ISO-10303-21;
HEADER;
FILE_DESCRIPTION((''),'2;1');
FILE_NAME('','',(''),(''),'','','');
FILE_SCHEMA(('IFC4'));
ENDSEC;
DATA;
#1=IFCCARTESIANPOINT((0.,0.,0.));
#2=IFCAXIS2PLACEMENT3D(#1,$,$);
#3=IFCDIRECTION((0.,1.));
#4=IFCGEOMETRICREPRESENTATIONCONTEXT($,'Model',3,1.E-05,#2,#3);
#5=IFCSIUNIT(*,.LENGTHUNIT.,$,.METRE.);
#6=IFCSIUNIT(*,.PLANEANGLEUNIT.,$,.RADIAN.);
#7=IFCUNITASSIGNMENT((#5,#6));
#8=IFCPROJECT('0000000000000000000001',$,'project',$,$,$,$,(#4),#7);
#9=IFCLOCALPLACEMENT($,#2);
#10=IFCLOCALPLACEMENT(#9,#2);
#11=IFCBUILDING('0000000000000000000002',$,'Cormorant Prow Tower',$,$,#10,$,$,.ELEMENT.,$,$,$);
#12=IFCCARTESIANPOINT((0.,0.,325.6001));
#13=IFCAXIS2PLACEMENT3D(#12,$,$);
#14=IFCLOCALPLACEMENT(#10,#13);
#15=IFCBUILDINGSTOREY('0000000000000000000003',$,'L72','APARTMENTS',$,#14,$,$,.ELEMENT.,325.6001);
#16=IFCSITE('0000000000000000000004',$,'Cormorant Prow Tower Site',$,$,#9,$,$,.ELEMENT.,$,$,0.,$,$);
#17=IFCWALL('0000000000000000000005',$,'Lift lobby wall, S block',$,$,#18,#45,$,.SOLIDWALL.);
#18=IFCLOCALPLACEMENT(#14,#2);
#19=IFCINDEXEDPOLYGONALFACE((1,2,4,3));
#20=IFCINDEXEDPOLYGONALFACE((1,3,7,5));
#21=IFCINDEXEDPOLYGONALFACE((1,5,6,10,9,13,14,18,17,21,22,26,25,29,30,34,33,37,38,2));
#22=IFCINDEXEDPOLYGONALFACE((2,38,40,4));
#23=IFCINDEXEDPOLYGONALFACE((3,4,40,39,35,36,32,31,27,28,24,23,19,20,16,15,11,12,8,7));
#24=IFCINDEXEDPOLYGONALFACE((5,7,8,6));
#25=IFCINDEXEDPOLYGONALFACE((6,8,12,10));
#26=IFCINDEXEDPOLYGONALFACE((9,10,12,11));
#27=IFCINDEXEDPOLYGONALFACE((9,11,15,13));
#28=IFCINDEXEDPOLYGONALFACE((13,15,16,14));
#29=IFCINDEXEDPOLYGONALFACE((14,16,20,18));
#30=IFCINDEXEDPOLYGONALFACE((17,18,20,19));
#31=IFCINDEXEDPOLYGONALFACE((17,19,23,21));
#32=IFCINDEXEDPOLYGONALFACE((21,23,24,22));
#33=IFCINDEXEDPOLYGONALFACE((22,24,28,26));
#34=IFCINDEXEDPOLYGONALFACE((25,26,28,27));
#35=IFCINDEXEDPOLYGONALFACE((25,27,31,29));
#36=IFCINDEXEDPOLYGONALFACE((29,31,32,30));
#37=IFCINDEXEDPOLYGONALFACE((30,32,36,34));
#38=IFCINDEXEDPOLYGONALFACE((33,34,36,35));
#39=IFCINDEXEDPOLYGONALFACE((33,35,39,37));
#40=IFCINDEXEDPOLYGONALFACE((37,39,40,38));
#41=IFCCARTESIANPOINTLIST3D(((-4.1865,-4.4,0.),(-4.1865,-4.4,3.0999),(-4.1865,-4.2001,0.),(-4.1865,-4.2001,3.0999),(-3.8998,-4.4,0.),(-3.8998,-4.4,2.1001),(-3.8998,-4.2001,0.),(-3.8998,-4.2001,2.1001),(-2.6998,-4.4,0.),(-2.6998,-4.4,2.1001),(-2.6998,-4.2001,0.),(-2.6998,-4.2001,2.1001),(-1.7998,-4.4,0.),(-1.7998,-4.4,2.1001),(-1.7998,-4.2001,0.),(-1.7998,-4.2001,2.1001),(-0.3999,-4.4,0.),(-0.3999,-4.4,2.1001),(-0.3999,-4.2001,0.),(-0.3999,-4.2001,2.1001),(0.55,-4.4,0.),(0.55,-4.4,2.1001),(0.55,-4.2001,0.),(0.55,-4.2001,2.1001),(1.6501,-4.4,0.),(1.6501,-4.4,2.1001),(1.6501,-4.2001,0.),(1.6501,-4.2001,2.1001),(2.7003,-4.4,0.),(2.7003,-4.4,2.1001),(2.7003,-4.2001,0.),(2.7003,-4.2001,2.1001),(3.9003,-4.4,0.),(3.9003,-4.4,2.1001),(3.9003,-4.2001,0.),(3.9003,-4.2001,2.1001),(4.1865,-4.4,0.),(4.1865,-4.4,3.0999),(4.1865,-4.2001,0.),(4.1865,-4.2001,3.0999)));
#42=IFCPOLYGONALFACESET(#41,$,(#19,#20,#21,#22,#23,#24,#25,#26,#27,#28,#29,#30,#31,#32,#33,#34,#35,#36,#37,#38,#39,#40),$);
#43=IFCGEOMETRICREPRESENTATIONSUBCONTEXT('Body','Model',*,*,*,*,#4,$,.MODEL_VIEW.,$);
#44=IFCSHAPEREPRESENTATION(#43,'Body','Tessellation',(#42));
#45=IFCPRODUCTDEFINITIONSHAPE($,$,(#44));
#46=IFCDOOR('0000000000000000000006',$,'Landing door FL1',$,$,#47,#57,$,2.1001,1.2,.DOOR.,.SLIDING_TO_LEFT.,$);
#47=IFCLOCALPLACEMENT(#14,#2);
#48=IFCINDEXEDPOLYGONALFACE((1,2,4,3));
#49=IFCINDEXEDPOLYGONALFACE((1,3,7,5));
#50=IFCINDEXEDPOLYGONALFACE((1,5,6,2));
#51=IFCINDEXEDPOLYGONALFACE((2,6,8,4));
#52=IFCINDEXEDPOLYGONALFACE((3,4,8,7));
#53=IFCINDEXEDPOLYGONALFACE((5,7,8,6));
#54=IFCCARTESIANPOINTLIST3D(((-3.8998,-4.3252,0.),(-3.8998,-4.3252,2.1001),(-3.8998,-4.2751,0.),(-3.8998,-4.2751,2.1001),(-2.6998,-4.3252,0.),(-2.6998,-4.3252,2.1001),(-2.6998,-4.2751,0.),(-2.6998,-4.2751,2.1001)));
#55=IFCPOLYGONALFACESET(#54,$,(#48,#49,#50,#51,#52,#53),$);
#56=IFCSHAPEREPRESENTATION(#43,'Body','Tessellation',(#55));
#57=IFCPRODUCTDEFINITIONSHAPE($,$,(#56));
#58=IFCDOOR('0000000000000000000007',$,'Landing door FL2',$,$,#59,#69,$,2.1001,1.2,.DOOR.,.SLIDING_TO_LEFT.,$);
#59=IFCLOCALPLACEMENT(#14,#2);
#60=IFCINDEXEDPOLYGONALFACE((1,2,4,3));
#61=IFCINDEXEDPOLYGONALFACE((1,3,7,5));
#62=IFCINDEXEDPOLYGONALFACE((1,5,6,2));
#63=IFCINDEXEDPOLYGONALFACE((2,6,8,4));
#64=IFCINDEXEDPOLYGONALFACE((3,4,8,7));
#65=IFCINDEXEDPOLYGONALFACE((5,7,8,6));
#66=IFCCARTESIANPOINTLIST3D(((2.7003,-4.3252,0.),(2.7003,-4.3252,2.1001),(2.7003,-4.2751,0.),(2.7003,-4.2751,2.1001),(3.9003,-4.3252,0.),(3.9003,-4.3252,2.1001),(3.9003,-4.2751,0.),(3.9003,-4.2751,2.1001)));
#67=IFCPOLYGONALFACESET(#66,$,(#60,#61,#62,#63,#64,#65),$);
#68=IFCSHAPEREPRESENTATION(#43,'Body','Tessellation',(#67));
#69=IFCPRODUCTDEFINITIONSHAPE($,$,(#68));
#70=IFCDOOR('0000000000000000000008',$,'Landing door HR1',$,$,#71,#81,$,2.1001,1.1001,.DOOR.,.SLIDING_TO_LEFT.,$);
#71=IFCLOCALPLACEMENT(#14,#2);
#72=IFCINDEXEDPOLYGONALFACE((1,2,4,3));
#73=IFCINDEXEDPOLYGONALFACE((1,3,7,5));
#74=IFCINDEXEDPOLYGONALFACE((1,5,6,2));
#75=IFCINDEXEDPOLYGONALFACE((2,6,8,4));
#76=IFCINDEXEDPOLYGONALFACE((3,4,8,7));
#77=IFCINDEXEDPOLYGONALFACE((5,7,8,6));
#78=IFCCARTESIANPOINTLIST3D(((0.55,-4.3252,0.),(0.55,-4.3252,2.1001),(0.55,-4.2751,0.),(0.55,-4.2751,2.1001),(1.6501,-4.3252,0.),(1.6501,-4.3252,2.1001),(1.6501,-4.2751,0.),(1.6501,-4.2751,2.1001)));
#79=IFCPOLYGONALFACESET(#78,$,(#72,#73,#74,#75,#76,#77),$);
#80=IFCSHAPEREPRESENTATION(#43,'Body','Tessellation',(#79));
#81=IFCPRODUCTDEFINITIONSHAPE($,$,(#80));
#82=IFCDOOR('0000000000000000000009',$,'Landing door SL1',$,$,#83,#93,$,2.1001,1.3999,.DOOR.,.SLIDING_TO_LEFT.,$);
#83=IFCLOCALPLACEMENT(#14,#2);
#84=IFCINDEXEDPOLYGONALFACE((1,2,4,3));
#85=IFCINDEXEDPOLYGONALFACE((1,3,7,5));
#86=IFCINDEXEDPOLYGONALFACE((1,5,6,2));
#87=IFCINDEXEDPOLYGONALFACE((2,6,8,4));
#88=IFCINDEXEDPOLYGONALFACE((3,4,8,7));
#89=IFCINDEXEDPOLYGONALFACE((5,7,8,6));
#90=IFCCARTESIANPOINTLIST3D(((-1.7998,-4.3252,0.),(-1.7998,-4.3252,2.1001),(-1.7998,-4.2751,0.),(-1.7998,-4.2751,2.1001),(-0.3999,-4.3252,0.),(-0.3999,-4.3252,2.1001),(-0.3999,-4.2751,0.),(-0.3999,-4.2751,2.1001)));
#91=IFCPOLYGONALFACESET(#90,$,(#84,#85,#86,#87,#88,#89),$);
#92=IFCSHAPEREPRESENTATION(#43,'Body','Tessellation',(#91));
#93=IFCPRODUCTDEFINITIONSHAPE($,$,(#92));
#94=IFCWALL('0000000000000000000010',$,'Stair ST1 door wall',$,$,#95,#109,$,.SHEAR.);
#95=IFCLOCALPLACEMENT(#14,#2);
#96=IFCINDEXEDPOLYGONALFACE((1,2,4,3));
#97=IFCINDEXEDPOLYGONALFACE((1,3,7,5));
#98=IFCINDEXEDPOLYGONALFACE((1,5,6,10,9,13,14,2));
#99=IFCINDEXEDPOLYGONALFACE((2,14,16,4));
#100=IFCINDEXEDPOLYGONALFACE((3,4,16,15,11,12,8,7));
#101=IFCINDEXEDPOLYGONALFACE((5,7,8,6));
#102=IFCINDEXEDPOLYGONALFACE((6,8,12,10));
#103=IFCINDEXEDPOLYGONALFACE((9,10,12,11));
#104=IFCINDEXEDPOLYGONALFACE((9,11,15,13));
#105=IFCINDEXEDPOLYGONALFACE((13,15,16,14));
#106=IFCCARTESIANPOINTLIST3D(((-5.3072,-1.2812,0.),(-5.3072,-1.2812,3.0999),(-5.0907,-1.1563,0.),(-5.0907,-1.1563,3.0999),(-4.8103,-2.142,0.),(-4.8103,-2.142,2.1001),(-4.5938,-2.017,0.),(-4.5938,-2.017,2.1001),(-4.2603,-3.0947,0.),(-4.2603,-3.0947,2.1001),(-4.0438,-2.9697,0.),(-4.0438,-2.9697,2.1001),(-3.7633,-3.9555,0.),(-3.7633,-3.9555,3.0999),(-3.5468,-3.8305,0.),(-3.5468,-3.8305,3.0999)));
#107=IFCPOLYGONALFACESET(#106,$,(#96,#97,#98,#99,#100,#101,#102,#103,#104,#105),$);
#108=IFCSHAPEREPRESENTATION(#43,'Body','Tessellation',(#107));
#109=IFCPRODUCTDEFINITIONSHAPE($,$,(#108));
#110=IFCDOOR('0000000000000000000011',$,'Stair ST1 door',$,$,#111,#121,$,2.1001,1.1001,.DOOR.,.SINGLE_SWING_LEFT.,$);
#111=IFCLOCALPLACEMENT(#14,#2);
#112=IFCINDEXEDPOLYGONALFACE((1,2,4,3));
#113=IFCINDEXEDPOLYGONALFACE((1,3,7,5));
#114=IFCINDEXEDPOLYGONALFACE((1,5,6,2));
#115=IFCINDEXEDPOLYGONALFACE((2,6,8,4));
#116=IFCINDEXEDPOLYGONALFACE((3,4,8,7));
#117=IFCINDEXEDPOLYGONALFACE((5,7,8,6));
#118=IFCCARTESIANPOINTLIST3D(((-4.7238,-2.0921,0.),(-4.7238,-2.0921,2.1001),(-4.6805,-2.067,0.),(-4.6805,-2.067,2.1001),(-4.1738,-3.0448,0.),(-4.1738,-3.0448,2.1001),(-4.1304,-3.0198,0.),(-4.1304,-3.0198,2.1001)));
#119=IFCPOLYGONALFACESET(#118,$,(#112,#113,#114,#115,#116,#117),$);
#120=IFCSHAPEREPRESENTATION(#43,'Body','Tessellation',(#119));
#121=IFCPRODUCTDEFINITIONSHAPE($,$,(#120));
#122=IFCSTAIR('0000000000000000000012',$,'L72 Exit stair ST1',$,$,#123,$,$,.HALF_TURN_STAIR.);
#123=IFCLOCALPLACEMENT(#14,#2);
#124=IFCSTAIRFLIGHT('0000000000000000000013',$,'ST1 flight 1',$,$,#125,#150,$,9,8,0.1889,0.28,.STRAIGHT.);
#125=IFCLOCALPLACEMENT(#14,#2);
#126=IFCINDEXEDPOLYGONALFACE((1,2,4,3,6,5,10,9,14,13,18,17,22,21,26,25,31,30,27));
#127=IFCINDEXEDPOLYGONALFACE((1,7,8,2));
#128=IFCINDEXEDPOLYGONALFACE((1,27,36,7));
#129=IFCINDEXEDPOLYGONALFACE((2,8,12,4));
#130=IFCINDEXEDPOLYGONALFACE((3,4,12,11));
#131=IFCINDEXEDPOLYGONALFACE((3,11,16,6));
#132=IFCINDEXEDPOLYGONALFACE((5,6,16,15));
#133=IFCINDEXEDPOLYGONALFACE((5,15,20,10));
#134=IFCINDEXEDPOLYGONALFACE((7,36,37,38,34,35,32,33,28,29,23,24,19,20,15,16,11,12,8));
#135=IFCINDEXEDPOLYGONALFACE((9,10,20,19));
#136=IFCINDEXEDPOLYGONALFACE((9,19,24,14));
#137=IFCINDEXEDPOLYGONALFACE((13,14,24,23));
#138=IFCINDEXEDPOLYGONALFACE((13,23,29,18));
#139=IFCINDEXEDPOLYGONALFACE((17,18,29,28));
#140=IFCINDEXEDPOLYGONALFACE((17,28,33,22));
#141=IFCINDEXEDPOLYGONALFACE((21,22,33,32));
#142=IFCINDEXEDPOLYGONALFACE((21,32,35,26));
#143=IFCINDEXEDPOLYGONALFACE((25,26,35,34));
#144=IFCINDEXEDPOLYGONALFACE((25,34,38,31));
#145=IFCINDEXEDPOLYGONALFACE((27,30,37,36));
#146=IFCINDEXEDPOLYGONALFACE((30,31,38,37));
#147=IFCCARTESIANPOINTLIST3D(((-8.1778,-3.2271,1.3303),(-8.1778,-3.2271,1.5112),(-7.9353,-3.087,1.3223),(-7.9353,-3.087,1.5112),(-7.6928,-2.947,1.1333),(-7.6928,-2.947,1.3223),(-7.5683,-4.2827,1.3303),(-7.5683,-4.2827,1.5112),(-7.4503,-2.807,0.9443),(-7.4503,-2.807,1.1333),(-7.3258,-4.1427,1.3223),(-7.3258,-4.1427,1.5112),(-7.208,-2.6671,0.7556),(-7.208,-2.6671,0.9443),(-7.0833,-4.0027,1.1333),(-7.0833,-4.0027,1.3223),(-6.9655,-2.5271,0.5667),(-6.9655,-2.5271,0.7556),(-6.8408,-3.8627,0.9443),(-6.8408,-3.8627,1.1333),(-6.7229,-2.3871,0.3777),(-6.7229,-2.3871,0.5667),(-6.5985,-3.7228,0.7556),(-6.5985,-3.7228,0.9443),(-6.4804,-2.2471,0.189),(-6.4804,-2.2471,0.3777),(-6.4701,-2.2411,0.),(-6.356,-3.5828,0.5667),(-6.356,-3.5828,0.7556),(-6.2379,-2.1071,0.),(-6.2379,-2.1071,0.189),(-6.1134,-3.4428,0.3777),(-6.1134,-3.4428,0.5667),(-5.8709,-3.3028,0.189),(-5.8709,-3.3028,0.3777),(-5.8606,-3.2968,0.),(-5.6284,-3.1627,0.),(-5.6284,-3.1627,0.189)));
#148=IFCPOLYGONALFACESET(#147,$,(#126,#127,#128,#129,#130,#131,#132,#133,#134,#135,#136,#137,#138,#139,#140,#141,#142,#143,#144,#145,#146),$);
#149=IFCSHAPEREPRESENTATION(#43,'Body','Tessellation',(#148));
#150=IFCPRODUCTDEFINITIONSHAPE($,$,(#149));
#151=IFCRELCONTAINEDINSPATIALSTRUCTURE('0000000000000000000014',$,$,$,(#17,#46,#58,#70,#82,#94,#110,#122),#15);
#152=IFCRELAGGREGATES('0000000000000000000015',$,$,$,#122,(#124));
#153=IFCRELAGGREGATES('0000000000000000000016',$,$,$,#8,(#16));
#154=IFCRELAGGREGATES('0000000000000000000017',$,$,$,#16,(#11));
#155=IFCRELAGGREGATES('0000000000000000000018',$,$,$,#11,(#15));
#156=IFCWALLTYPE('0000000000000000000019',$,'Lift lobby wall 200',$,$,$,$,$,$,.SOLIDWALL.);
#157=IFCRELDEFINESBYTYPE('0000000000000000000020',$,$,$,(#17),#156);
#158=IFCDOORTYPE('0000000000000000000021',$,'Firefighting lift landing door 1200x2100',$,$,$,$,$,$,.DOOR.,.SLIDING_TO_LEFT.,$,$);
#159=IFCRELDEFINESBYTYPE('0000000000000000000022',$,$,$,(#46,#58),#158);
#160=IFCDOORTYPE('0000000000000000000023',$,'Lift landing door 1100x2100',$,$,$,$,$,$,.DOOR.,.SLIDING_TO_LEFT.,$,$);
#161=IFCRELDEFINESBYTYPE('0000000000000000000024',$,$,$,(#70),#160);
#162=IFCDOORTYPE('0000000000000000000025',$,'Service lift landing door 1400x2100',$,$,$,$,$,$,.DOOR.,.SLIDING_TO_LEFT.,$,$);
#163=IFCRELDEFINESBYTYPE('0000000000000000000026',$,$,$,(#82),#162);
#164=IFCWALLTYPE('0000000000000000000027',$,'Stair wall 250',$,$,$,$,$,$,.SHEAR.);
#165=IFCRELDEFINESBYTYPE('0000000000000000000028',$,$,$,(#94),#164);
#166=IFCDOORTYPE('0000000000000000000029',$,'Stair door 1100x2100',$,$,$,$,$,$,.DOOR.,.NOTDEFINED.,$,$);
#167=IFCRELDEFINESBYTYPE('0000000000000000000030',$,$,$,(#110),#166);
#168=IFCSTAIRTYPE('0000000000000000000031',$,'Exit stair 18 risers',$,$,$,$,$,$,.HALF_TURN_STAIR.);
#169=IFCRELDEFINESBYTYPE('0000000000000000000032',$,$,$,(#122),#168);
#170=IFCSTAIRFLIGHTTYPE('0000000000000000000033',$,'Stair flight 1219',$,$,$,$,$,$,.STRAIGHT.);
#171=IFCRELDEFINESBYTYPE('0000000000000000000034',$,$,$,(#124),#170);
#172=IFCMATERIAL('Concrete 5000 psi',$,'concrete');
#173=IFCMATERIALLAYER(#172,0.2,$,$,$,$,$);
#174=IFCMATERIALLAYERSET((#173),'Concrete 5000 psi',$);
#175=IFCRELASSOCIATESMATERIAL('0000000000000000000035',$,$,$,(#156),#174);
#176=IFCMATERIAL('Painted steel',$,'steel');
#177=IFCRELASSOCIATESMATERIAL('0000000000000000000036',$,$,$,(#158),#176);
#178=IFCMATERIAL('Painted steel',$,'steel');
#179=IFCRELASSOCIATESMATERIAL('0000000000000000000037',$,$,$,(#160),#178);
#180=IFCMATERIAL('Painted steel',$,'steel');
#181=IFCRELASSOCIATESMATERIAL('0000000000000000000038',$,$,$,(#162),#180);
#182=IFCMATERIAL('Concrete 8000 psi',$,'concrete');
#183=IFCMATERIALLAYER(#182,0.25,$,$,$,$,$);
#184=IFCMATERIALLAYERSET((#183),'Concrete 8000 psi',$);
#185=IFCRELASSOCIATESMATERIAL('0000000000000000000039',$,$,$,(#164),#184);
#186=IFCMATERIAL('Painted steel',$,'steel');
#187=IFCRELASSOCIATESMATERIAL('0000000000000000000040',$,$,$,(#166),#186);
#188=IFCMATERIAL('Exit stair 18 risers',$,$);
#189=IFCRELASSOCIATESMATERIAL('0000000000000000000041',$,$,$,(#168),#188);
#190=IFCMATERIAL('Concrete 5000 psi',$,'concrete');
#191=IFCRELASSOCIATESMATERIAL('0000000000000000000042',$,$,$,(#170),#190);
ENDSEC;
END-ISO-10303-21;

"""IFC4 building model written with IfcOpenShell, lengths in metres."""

from ifc_helpers import new_model, si_unit, direction, frame, frame_2d, origin, place, context, subcontext, project, spatial, polyline, rectangle, outline, extrude, material, layer, layer_set, type_object, element, fill, aggregate, save


model = new_model("IFC4")

# Units and contexts
model_context = context("Model", 3, precision=1e-05, world=origin(), true_north=direction((0.0, 1.0)))
body_context = subcontext(model_context, "Body", "Model", "MODEL_VIEW")
ifc_project = project(units=[si_unit("LENGTHUNIT", "METRE"), si_unit("PLANEANGLEUNIT", "RADIAN")], contexts=[model_context])

# Site, building, storey
site_placement = place(None, origin())
site = spatial("IfcSite", under=ifc_project, at=site_placement, Name="Cormorant Prow Tower Site", CompositionType="ELEMENT", RefElevation=0.0)
building_placement = place(site_placement, origin())
building = spatial("IfcBuilding", under=site, at=building_placement, Name="Cormorant Prow Tower", CompositionType="ELEMENT")
storey_placement = place(building_placement, frame((0.0, 0.0, 325.6001)))
storey = spatial("IfcBuildingStorey", under=building, at=storey_placement, Name="L72", Description="APARTMENTS", CompositionType="ELEMENT", Elevation=325.6001)

# Wall, openings, doors
ifc_material_1 = material(Name="Concrete 5000 psi", Category="concrete")
ifc_layer_1 = layer(ifc_material_1, 0.2)
ifc_layer_set_1 = layer_set([ifc_layer_1], Name="Concrete 5000 psi")
wall_type_1 = type_object("IfcWallType", Name="Lift lobby wall 200", PredefinedType="SOLIDWALL", material=ifc_layer_set_1)
wall_1_placement = place(storey_placement, frame((-4.1865, -4.3, 0.0), z_axis=(0.0, 0.0, 1.0), x_axis=(1.0, 0.0, 0.0)))
wall_1 = element("IfcWall", 1, at=wall_1_placement, inside=storey, type_object=wall_type_1, Name="Lift lobby wall, S block", PredefinedType="SOLIDWALL", context=body_context, shape_type="SweptSolid", body=[
    extrude(rectangle(XDim=8.373, YDim=0.2, at=frame_2d((4.1865, 0.0))), origin(), (0.0, 0.0, 1.0), 3.0999),
])
opening_1_placement = place(wall_1_placement, frame((0.2866, 0.0, 0.0)))
opening_1 = element("IfcOpeningElement", 2, at=opening_1_placement, cuts=wall_1, PredefinedType="OPENING", context=body_context, shape_type="SweptSolid", body=[
    extrude(rectangle(XDim=1.2, YDim=2.1001, at=frame_2d((0.6001, 1.05))), frame((0.0, 0.1099, 0.0), z_axis=(0.0, -1.0, 0.0), x_axis=(1.0, 0.0, 0.0)), (0.0, 0.0, 1.0), 0.22),
])
opening_2_placement = place(wall_1_placement, frame((2.3867, 0.0, 0.0)))
opening_2 = element("IfcOpeningElement", 3, at=opening_2_placement, cuts=wall_1, PredefinedType="OPENING", context=body_context, shape_type="SweptSolid", body=[
    extrude(rectangle(XDim=1.3999, YDim=2.1001, at=frame_2d((0.7, 1.05))), frame((0.0, 0.1099, 0.0), z_axis=(0.0, -1.0, 0.0), x_axis=(1.0, 0.0, 0.0)), (0.0, 0.0, 1.0), 0.22),
])
opening_3_placement = place(wall_1_placement, frame((4.7366, 0.0, 0.0)))
opening_3 = element("IfcOpeningElement", 4, at=opening_3_placement, cuts=wall_1, PredefinedType="OPENING", context=body_context, shape_type="SweptSolid", body=[
    extrude(rectangle(XDim=1.1001, YDim=2.1001, at=frame_2d((0.55, 1.05))), frame((0.0, 0.1099, 0.0), z_axis=(0.0, -1.0, 0.0), x_axis=(1.0, 0.0, 0.0)), (0.0, 0.0, 1.0), 0.22),
])
opening_4_placement = place(wall_1_placement, frame((6.8867, 0.0, 0.0)))
opening_4 = element("IfcOpeningElement", 5, at=opening_4_placement, cuts=wall_1, PredefinedType="OPENING", context=body_context, shape_type="SweptSolid", body=[
    extrude(rectangle(XDim=1.2, YDim=2.1001, at=frame_2d((0.6001, 1.05))), frame((0.0, 0.1099, 0.0), z_axis=(0.0, -1.0, 0.0), x_axis=(1.0, 0.0, 0.0)), (0.0, 0.0, 1.0), 0.22),
])
ifc_material_2 = material(Name="Painted steel", Category="steel")
door_type_1 = type_object("IfcDoorType", Name="Firefighting lift landing door 1200x2100", OperationType="SLIDING_TO_LEFT", PredefinedType="DOOR", material=ifc_material_2)
door_1_placement = place(opening_1_placement, origin())
door_1 = element("IfcDoor", 6, at=door_1_placement, inside=storey, type_object=door_type_1, Name="Landing door FL1", OperationType="SLIDING_TO_LEFT", OverallHeight=2.1001, OverallWidth=1.2, PredefinedType="DOOR", context=body_context, shape_type="SweptSolid", body=[
    extrude(rectangle(XDim=1.2, YDim=2.1001, at=frame_2d((0.6001, 1.05))), frame((0.0, 0.0249, 0.0), z_axis=(0.0, -1.0, 0.0), x_axis=(1.0, 0.0, 0.0)), (0.0, 0.0, 1.0), 0.05),
])
fill(opening_1, door_1)
door_2_placement = place(opening_4_placement, origin())
door_2 = element("IfcDoor", 7, at=door_2_placement, inside=storey, type_object=door_type_1, Name="Landing door FL2", OperationType="SLIDING_TO_LEFT", OverallHeight=2.1001, OverallWidth=1.2, PredefinedType="DOOR", context=body_context, shape_type="SweptSolid", body=[
    extrude(rectangle(XDim=1.2, YDim=2.1001, at=frame_2d((0.6001, 1.05))), frame((0.0, 0.0249, 0.0), z_axis=(0.0, -1.0, 0.0), x_axis=(1.0, 0.0, 0.0)), (0.0, 0.0, 1.0), 0.05),
])
fill(opening_4, door_2)
ifc_material_3 = material(Name="Painted steel", Category="steel")
door_type_2 = type_object("IfcDoorType", Name="Lift landing door 1100x2100", OperationType="SLIDING_TO_LEFT", PredefinedType="DOOR", material=ifc_material_3)
door_3_placement = place(opening_3_placement, origin())
door_3 = element("IfcDoor", 8, at=door_3_placement, inside=storey, type_object=door_type_2, Name="Landing door HR1", OperationType="SLIDING_TO_LEFT", OverallHeight=2.1001, OverallWidth=1.1001, PredefinedType="DOOR", context=body_context, shape_type="SweptSolid", body=[
    extrude(rectangle(XDim=1.1001, YDim=2.1001, at=frame_2d((0.55, 1.05))), frame((0.0, 0.0249, 0.0), z_axis=(0.0, -1.0, 0.0), x_axis=(1.0, 0.0, 0.0)), (0.0, 0.0, 1.0), 0.05),
])
fill(opening_3, door_3)
ifc_material_4 = material(Name="Painted steel", Category="steel")
door_type_3 = type_object("IfcDoorType", Name="Service lift landing door 1400x2100", OperationType="SLIDING_TO_LEFT", PredefinedType="DOOR", material=ifc_material_4)
door_4_placement = place(opening_2_placement, origin())
door_4 = element("IfcDoor", 9, at=door_4_placement, inside=storey, type_object=door_type_3, Name="Landing door SL1", OperationType="SLIDING_TO_LEFT", OverallHeight=2.1001, OverallWidth=1.3999, PredefinedType="DOOR", context=body_context, shape_type="SweptSolid", body=[
    extrude(rectangle(XDim=1.3999, YDim=2.1001, at=frame_2d((0.7, 1.05))), frame((0.0, 0.0249, 0.0), z_axis=(0.0, -1.0, 0.0), x_axis=(1.0, 0.0, 0.0)), (0.0, 0.0, 1.0), 0.05),
])
fill(opening_2, door_4)

# Wall, opening, door
ifc_material_5 = material(Name="Concrete 8000 psi", Category="concrete")
ifc_layer_2 = layer(ifc_material_5, 0.25)
ifc_layer_set_2 = layer_set([ifc_layer_2], Name="Concrete 8000 psi")
wall_type_2 = type_object("IfcWallType", Name="Stair wall 250", PredefinedType="SHEAR", material=ifc_layer_set_2)
wall_2_placement = place(storey_placement, frame((-5.199, -1.2188, 0.0), z_axis=(0.0, 0.0, 1.0), x_axis=(0.499983, -0.866035, 0.0)))
wall_2 = element("IfcWall", 10, at=wall_2_placement, inside=storey, type_object=wall_type_2, Name="Stair ST1 door wall", PredefinedType="SHEAR", context=body_context, shape_type="SweptSolid", body=[
    extrude(rectangle(XDim=3.0879, YDim=0.25, at=frame_2d((1.5439, 0.0))), origin(), (0.0, 0.0, 1.0), 3.0999),
])
opening_5_placement = place(wall_2_placement, frame((0.9939, 0.0, 0.0)))
opening_5 = element("IfcOpeningElement", 11, at=opening_5_placement, cuts=wall_2, PredefinedType="OPENING", context=body_context, shape_type="SweptSolid", body=[
    extrude(rectangle(XDim=1.1001, YDim=2.1001, at=frame_2d((0.55, 1.05))), frame((0.0, 0.135, 0.0), z_axis=(0.0, -1.0, 0.0), x_axis=(1.0, 0.0, 0.0)), (0.0, 0.0, 1.0), 0.27),
])
ifc_material_6 = material(Name="Painted steel", Category="steel")
door_type_4 = type_object("IfcDoorType", Name="Stair door 1100x2100", OperationType="NOTDEFINED", PredefinedType="DOOR", material=ifc_material_6)
door_5_placement = place(opening_5_placement, origin())
door_5 = element("IfcDoor", 12, at=door_5_placement, inside=storey, type_object=door_type_4, Name="Stair ST1 door", OperationType="SINGLE_SWING_LEFT", OverallHeight=2.1001, OverallWidth=1.1001, PredefinedType="DOOR", context=body_context, shape_type="SweptSolid", body=[
    extrude(rectangle(XDim=1.1001, YDim=2.1001, at=frame_2d((0.55, 1.05))), frame((0.0, 0.0249, 0.0), z_axis=(0.0, -1.0, 0.0), x_axis=(1.0, 0.0, 0.0)), (0.0, 0.0, 1.0), 0.05),
])
fill(opening_5, door_5)

# Stair, stair flight
ifc_material_7 = material(Name="Exit stair 18 risers")
stair_type = type_object("IfcStairType", Name="Exit stair 18 risers", PredefinedType="HALF_TURN_STAIR", material=ifc_material_7)
stair_placement = place(storey_placement, origin())
stair = element("IfcStair", 13, at=stair_placement, inside=storey, type_object=stair_type, Name="L72 Exit stair ST1", PredefinedType="HALF_TURN_STAIR")
ifc_material_8 = material(Name="Concrete 5000 psi", Category="concrete")
stair_flight_type = type_object("IfcStairFlightType", Name="Stair flight 1219", PredefinedType="STRAIGHT", material=ifc_material_8)
stair_flight_1_placement = place(storey_placement, frame((-5.9331, -2.635, 0.0), z_axis=(0.0, 0.0, 1.0), x_axis=(-0.866025, -0.5, 0.0)))
stair_flight_1 = element("IfcStairFlight", 14, at=stair_flight_1_placement, type_object=stair_flight_type, Name="ST1 flight 1", NumberOfRisers=9, NumberOfTreads=8, PredefinedType="STRAIGHT", RiserHeight=0.1889, TreadLength=0.28, context=body_context, shape_type="SweptSolid", body=[
    extrude(outline(polyline([(0.0, 0.0), (0.0, 0.189), (0.28, 0.189), (0.28, 0.3777), (0.5601, 0.3777), (0.5601, 0.5667), (0.8401, 0.5667), (0.8401, 0.7556), (1.1201, 0.7556), (1.1201, 0.9443), (1.3999, 0.9443), (1.3999, 1.1333), (1.6799, 1.1333), (1.6799, 1.3223), (1.96, 1.3223), (1.96, 1.5112), (2.24, 1.5112), (2.24, 1.7), (2.24, 1.3303), (0.2681, 0.0), (0.0, 0.0)])), frame((0.0, 0.6094, 0.0), z_axis=(0.0, -1.0, 0.0), x_axis=(1.0, 0.0, 0.0)), (0.0, 0.0, 1.0), 1.219),
])
aggregate(stair, [stair_flight_1])

save(model, "model.ifc")
